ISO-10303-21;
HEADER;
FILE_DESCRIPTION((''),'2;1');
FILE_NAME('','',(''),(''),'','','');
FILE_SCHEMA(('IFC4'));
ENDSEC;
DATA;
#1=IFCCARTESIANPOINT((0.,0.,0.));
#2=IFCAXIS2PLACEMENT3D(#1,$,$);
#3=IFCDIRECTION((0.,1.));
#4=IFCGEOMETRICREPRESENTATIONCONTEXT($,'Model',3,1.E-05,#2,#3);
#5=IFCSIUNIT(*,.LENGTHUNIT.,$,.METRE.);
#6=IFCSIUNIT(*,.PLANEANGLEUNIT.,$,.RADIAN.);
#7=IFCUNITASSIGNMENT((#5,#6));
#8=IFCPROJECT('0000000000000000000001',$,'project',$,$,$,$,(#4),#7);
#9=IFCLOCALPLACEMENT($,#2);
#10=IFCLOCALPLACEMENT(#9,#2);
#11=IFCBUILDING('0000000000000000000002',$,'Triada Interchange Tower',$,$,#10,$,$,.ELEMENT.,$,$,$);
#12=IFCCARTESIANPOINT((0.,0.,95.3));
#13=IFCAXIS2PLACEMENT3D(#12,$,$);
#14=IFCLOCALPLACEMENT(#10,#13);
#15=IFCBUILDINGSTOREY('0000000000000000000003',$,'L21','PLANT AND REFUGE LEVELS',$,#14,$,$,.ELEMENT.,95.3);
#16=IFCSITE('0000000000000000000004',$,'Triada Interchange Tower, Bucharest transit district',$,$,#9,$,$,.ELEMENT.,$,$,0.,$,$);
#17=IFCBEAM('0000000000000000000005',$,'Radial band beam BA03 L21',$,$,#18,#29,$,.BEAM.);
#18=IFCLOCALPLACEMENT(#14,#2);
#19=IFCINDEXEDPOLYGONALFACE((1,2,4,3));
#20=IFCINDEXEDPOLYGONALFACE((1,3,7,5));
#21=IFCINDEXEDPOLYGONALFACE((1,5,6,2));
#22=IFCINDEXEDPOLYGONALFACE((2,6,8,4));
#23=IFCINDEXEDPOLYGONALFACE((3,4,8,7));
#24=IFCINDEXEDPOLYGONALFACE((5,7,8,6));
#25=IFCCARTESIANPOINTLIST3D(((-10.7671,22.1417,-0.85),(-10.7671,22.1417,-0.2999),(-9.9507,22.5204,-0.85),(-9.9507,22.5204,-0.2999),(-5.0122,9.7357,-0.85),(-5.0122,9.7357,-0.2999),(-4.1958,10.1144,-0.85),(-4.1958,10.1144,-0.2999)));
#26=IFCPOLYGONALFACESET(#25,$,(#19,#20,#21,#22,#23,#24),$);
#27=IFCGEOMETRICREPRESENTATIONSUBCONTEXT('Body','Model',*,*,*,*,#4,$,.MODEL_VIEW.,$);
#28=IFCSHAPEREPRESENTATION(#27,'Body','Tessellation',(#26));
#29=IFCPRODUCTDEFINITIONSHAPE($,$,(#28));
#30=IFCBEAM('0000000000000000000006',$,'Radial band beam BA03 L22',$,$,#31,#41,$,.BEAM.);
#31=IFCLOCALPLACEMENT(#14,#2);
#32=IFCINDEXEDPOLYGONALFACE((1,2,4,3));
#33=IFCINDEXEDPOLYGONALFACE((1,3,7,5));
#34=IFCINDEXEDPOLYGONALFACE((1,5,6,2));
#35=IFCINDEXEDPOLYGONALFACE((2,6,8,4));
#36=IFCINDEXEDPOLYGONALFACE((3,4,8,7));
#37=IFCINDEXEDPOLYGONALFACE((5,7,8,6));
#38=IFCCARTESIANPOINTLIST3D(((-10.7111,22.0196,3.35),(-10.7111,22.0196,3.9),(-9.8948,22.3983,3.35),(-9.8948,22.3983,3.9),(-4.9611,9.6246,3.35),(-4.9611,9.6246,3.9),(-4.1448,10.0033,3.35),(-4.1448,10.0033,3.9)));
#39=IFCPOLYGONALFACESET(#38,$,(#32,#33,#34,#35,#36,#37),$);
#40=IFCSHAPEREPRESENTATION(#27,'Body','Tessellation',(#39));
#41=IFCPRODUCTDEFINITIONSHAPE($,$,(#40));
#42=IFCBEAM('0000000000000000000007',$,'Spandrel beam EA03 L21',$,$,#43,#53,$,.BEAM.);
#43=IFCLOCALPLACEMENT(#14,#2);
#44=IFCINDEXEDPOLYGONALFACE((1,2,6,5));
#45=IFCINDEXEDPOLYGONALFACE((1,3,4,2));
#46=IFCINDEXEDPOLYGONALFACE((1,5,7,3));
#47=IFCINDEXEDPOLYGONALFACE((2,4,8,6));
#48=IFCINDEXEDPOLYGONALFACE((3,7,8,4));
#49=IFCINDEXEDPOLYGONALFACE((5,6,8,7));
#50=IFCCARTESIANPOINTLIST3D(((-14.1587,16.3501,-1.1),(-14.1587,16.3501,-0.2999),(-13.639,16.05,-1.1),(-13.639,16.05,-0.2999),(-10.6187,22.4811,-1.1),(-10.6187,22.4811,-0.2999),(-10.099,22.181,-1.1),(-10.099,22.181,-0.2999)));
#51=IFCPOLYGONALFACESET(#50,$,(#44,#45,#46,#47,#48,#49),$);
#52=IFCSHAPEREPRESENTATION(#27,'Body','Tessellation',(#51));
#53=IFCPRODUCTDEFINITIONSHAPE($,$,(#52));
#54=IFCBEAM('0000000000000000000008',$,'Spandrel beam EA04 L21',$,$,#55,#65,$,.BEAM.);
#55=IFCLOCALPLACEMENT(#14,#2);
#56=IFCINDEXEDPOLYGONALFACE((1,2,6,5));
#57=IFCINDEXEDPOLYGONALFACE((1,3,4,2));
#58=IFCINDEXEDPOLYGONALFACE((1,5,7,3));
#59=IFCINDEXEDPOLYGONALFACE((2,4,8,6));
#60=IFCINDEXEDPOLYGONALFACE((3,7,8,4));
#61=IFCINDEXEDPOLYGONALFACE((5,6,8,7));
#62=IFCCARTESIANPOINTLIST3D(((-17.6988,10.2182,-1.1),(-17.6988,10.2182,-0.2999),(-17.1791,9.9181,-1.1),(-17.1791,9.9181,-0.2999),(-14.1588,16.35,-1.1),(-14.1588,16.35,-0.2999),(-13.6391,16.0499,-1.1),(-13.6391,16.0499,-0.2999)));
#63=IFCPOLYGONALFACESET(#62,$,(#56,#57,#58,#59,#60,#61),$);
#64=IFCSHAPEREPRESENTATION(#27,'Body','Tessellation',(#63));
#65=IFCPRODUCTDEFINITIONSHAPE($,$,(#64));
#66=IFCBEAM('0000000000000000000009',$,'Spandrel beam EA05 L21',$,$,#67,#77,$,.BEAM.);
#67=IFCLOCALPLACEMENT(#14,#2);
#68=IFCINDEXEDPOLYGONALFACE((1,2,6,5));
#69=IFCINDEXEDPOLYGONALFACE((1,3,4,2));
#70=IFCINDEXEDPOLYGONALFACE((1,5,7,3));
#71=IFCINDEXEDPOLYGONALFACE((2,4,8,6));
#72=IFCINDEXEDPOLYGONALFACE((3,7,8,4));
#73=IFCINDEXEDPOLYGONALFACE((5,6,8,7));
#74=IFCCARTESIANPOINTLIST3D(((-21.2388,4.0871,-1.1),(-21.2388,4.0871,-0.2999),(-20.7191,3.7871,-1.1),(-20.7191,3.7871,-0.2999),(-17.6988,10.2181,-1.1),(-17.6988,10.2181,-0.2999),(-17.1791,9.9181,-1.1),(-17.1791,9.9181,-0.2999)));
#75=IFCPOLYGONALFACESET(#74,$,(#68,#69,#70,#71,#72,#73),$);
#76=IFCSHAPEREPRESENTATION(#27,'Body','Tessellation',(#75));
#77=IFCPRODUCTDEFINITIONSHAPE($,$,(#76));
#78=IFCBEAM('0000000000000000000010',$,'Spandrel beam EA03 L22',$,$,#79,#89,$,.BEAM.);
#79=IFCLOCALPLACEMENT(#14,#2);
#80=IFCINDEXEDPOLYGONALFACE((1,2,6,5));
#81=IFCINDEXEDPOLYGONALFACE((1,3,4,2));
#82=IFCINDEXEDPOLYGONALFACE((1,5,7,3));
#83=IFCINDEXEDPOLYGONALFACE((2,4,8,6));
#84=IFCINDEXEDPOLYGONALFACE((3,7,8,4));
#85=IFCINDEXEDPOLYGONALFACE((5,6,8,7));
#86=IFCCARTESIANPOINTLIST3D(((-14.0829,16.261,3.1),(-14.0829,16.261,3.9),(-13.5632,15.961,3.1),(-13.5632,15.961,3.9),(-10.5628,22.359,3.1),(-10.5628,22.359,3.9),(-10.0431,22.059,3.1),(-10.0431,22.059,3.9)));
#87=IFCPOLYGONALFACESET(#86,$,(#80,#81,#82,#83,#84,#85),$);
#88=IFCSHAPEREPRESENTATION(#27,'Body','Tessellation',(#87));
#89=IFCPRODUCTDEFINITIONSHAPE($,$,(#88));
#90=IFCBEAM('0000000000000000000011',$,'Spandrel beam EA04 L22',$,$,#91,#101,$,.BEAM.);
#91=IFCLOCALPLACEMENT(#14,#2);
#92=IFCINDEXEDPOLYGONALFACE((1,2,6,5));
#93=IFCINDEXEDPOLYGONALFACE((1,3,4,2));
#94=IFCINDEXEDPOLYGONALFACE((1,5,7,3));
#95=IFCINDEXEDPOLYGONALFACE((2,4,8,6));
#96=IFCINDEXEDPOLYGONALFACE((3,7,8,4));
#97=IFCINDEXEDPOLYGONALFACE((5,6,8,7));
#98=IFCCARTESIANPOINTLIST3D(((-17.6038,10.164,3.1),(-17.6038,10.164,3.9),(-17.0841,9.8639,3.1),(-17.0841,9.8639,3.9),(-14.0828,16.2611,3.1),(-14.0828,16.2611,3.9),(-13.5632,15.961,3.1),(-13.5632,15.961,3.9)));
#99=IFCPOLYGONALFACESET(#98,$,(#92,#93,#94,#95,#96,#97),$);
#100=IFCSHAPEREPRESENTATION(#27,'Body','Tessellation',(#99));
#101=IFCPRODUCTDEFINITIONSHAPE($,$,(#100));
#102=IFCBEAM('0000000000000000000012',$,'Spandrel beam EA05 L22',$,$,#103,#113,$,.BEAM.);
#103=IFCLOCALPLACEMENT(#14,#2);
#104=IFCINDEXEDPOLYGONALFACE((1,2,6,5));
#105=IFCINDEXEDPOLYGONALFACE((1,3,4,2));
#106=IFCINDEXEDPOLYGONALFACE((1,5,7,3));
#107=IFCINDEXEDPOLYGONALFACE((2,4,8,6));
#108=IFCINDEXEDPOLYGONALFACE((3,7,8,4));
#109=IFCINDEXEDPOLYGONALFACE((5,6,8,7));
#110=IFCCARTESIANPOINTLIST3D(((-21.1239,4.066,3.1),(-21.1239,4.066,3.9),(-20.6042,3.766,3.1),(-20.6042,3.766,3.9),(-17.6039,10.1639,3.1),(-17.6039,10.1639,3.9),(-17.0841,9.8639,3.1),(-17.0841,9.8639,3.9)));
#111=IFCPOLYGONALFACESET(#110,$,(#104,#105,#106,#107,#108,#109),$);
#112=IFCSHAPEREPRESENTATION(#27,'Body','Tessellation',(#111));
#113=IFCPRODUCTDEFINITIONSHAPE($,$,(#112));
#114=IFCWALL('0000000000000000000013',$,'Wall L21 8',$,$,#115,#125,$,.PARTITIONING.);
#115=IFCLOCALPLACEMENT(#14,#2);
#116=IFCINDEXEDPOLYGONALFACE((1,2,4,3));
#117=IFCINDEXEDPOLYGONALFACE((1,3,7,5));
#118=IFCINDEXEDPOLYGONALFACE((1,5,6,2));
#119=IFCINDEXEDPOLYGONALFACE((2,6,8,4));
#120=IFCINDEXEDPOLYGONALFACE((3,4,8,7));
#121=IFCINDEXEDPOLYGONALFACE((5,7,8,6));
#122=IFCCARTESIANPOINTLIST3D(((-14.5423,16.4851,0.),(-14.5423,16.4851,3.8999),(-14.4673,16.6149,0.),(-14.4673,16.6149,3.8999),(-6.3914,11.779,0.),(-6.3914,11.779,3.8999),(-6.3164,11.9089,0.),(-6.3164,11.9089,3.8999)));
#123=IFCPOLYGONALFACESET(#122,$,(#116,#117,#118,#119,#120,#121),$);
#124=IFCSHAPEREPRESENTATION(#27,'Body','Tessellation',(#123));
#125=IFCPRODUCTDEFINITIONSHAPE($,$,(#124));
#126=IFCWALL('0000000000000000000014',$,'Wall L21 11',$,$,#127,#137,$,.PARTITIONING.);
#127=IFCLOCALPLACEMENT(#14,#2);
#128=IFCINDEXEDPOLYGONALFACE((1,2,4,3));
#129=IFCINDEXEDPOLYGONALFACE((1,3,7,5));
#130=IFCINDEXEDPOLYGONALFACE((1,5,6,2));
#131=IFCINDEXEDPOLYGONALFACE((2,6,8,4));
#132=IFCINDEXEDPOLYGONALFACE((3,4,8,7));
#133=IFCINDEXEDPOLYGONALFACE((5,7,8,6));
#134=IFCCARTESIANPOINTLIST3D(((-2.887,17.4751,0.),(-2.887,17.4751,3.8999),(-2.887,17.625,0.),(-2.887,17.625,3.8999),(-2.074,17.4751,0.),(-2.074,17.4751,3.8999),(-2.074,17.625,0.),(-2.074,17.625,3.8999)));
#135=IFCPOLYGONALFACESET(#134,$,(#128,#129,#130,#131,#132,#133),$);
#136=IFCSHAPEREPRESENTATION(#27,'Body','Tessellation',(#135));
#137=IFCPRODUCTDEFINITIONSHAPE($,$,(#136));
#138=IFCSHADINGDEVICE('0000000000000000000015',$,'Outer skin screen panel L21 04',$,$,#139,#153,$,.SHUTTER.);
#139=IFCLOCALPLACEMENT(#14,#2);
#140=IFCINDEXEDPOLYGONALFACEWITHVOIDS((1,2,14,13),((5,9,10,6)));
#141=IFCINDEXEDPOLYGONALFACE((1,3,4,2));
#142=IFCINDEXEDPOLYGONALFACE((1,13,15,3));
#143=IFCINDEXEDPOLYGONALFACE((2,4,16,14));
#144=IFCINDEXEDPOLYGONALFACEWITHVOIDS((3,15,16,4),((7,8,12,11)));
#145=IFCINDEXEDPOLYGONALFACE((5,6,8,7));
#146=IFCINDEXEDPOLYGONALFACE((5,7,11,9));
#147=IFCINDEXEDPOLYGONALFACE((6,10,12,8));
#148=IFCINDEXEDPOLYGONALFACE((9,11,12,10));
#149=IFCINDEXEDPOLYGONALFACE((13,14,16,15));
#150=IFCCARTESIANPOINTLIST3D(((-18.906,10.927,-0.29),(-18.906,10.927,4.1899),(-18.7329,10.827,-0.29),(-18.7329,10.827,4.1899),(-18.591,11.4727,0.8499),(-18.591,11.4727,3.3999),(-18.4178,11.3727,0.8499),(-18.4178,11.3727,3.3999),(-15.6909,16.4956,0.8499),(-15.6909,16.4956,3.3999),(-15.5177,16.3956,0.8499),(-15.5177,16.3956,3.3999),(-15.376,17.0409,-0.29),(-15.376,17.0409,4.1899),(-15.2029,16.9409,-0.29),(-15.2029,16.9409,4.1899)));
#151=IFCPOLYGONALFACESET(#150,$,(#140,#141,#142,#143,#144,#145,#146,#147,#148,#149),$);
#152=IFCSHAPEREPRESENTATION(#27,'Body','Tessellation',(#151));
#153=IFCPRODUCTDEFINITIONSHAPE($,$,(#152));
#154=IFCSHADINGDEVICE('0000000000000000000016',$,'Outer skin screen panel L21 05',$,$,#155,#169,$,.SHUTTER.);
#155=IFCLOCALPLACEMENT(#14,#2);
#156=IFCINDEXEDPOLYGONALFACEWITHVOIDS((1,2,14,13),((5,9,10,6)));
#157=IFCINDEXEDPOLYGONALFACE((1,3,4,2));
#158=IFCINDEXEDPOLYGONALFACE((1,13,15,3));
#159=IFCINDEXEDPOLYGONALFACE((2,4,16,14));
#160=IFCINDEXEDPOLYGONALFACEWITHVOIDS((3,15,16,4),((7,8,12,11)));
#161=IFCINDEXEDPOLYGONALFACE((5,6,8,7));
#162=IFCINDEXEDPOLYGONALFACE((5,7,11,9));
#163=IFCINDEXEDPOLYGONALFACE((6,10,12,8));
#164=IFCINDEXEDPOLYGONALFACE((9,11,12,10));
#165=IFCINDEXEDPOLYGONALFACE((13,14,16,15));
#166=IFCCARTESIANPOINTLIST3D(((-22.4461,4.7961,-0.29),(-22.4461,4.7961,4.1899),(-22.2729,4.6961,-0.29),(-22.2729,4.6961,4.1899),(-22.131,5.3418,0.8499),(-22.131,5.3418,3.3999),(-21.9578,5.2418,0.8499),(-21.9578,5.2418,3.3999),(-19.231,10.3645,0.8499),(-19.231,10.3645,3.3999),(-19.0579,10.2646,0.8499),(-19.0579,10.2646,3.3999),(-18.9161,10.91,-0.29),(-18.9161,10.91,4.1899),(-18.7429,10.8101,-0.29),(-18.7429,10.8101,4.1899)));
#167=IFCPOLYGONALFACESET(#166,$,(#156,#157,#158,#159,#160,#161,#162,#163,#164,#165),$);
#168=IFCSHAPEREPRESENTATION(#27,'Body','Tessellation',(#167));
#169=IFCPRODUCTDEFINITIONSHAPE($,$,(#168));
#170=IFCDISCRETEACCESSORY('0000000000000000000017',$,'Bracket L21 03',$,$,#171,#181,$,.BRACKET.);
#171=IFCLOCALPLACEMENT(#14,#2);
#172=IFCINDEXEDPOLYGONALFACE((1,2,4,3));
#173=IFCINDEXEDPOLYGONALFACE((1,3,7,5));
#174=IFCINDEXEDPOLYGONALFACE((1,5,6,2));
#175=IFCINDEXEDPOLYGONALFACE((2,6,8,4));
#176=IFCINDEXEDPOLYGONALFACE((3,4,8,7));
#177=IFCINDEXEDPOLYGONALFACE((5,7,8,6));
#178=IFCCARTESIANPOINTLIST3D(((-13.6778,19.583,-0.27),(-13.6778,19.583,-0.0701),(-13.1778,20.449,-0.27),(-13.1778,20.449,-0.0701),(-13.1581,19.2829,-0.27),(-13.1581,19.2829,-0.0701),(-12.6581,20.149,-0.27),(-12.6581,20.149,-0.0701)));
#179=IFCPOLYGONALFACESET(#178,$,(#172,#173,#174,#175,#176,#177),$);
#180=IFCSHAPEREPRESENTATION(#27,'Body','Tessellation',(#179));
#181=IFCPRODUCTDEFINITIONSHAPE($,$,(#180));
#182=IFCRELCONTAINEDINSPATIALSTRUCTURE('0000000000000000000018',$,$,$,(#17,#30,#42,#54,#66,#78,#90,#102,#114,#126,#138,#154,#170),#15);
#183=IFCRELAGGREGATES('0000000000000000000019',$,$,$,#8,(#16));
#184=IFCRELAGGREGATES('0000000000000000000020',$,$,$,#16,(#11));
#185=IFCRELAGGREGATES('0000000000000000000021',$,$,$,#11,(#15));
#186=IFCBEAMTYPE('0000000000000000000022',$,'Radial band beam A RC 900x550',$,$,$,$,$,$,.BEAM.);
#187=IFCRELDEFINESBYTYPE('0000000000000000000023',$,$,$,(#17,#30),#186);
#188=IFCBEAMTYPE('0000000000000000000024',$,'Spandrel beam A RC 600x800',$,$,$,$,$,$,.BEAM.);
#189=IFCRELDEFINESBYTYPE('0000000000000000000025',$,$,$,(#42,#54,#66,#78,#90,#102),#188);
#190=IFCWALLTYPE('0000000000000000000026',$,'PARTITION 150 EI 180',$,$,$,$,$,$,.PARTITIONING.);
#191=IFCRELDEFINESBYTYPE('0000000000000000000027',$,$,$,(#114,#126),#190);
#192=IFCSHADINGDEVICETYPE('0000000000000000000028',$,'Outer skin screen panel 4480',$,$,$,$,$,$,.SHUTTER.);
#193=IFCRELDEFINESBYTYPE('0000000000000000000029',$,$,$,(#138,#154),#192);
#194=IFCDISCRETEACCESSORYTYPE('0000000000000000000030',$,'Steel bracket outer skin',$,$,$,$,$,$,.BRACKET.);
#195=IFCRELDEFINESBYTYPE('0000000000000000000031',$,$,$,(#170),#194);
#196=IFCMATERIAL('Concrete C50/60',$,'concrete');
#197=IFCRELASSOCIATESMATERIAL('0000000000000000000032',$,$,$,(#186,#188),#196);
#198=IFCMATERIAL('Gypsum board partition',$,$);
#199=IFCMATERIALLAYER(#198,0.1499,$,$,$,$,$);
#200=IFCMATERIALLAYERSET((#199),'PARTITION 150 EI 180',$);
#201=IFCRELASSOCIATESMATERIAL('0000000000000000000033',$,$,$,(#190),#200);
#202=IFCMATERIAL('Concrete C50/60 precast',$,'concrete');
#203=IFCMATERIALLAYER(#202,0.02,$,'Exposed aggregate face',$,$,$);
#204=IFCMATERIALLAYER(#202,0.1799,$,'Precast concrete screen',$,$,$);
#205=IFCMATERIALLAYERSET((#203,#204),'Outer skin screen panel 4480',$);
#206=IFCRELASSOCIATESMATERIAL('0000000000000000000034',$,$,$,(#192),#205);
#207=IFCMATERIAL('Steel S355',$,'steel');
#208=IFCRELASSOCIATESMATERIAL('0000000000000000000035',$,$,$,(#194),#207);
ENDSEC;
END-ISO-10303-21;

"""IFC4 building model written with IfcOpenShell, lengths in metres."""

from ifc_helpers import new_model, si_unit, direction, frame, frame_2d, origin, origin_2d, place, context, subcontext, project, spatial, polyline, rectangle, outline, extrude, material, layer, layer_set, material_profile, profile_set, type_object, element, save


model = new_model("IFC4")

# Units and contexts
model_context = context("Model", 3, precision=1e-05, world=origin(), true_north=direction((0.0, 1.0)))
body_context = subcontext(model_context, "Body", "Model", "MODEL_VIEW")
ifc_project = project(units=[si_unit("LENGTHUNIT", "METRE"), si_unit("PLANEANGLEUNIT", "RADIAN")], contexts=[model_context])

# Site, building, storey
site_placement = place(None, origin())
site = spatial("IfcSite", under=ifc_project, at=site_placement, Name="Triada Interchange Tower, Bucharest transit district", CompositionType="ELEMENT", RefElevation=0.0)
building_placement = place(site_placement, origin())
building = spatial("IfcBuilding", under=site, at=building_placement, Name="Triada Interchange Tower", CompositionType="ELEMENT")
storey_placement = place(building_placement, frame((0.0, 0.0, 95.3)))
storey = spatial("IfcBuildingStorey", under=building, at=storey_placement, Name="L21", Description="PLANT AND REFUGE LEVELS", CompositionType="ELEMENT", Elevation=95.3)

# Shared definitions
ifc_material_1 = material(Name="Steel S355", Category="steel")

# Beams
ifc_material_2 = material(Name="Concrete C50/60", Category="concrete")
ifc_material_profile_1 = material_profile(ifc_material_2, rectangle(XDim=0.8999, YDim=0.55, at=origin_2d()), Name="RC 900x550")
ifc_profile_set_1 = profile_set([ifc_material_profile_1], Name="Concrete C50/60")
beam_type_1 = type_object("IfcBeamType", Name="Radial band beam A RC 900x550", PredefinedType="BEAM", material=ifc_profile_set_1)
beam_1_placement = place(storey_placement, frame((-10.3589, 22.3311, -0.575), z_axis=(0.420808, -0.90715, 0.0), x_axis=(0.90715, 0.420808, 0.0)))
element("IfcBeam", 1, at=beam_1_placement, inside=storey, type_object=beam_type_1, Name="Radial band beam BA03 L21", PredefinedType="BEAM", context=body_context, shape_type="SweptSolid", body=[
    extrude(rectangle(XDim=0.8999, YDim=0.55, at=origin_2d()), origin(), (0.0, 0.0, 1.0), 13.6758),
])
beam_2_placement = place(storey_placement, frame((-10.303, 22.209, 3.625), z_axis=(0.42082, -0.907144, 0.0), x_axis=(0.907144, 0.42082, 0.0)))
element("IfcBeam", 2, at=beam_2_placement, inside=storey, type_object=beam_type_1, Name="Radial band beam BA03 L22", PredefinedType="BEAM", context=body_context, shape_type="SweptSolid", body=[
    extrude(rectangle(XDim=0.8999, YDim=0.55, at=origin_2d()), origin(), (0.0, 0.0, 1.0), 13.6638),
])
ifc_material_profile_2 = material_profile(ifc_material_2, rectangle(XDim=0.6001, YDim=0.8, at=origin_2d()), Name="RC 600x800")
ifc_profile_set_2 = profile_set([ifc_material_profile_2], Name="Concrete C50/60")
beam_type_2 = type_object("IfcBeamType", Name="Spandrel beam A RC 600x800", PredefinedType="BEAM", material=ifc_profile_set_2)
beam_3_placement = place(storey_placement, frame((-10.3589, 22.3311, -0.7), z_axis=(-0.500026, -0.86601, 0.0), x_axis=(0.86601, -0.500026, 0.0)))
element("IfcBeam", 3, at=beam_3_placement, inside=storey, type_object=beam_type_2, Name="Spandrel beam EA03 L21", PredefinedType="BEAM", context=body_context, shape_type="SweptSolid", body=[
    extrude(rectangle(XDim=0.6001, YDim=0.8, at=origin_2d()), origin(), (0.0, 0.0, 1.0), 7.0796),
])
beam_4_placement = place(storey_placement, frame((-13.8989, 16.2, -0.7), z_axis=(-0.499981, -0.866036, 0.0), x_axis=(0.866036, -0.499981, 0.0)))
element("IfcBeam", 4, at=beam_4_placement, inside=storey, type_object=beam_type_2, Name="Spandrel beam EA04 L21", PredefinedType="BEAM", context=body_context, shape_type="SweptSolid", body=[
    extrude(rectangle(XDim=0.6001, YDim=0.8, at=origin_2d()), origin(), (0.0, 0.0, 1.0), 7.0803),
])
beam_5_placement = place(storey_placement, frame((-17.439, 10.0681, -0.7), z_axis=(-0.500026, -0.86601, 0.0), x_axis=(0.86601, -0.500026, 0.0)))
element("IfcBeam", 5, at=beam_5_placement, inside=storey, type_object=beam_type_2, Name="Spandrel beam EA05 L21", PredefinedType="BEAM", context=body_context, shape_type="SweptSolid", body=[
    extrude(rectangle(XDim=0.6001, YDim=0.8, at=origin_2d()), origin(), (0.0, 0.0, 1.0), 7.0796),
])
beam_6_placement = place(storey_placement, frame((-10.303, 22.209, 3.5), z_axis=(-0.499936, -0.866063, 0.0), x_axis=(0.866063, -0.499936, 0.0)))
element("IfcBeam", 6, at=beam_6_placement, inside=storey, type_object=beam_type_2, Name="Spandrel beam EA03 L22", PredefinedType="BEAM", context=body_context, shape_type="SweptSolid", body=[
    extrude(rectangle(XDim=0.6001, YDim=0.8, at=origin_2d()), origin(), (0.0, 0.0, 1.0), 7.041),
])
beam_7_placement = place(storey_placement, frame((-13.823, 16.1111, 3.5), z_axis=(-0.500085, -0.865977, 0.0), x_axis=(0.865977, -0.500085, 0.0)))
element("IfcBeam", 7, at=beam_7_placement, inside=storey, type_object=beam_type_2, Name="Spandrel beam EA04 L22", PredefinedType="BEAM", context=body_context, shape_type="SweptSolid", body=[
    extrude(rectangle(XDim=0.6001, YDim=0.8, at=origin_2d()), origin(), (0.0, 0.0, 1.0), 7.0408),
])
beam_8_placement = place(storey_placement, frame((-17.344, 10.0139, 3.5), z_axis=(-0.499936, -0.866063, 0.0), x_axis=(0.866063, -0.499936, 0.0)))
element("IfcBeam", 8, at=beam_8_placement, inside=storey, type_object=beam_type_2, Name="Spandrel beam EA05 L22", PredefinedType="BEAM", context=body_context, shape_type="SweptSolid", body=[
    extrude(rectangle(XDim=0.6001, YDim=0.8, at=origin_2d()), origin(), (0.0, 0.0, 1.0), 7.041),
])

# Walls
ifc_material_3 = material(Name="Gypsum board partition")
ifc_layer_1 = layer(ifc_material_3, 0.1499)
ifc_layer_set_1 = layer_set([ifc_layer_1], Name="PARTITION 150 EI 180")
wall_type_1 = type_object("IfcWallType", Name="PARTITION 150 EI 180", PredefinedType="PARTITIONING", material=ifc_layer_set_1)
wall_1_placement = place(storey_placement, frame((-14.5049, 16.55, 0.0), z_axis=(0.0, 0.0, 1.0), x_axis=(0.866019, -0.500011, 0.0)))
element("IfcWall", 9, at=wall_1_placement, inside=storey, type_object=wall_type_1, Name="Wall L21 8", PredefinedType="PARTITIONING", context=body_context, shape_type="SweptSolid", body=[
    extrude(rectangle(XDim=9.4119, YDim=0.1499, at=frame_2d((4.7061, 0.0))), origin(), (0.0, 0.0, 1.0), 3.8999),
])
wall_2_placement = place(storey_placement, frame((-2.887, 17.55, 0.0), z_axis=(0.0, 0.0, 1.0), x_axis=(1.0, 0.0, 0.0)))
element("IfcWall", 10, at=wall_2_placement, inside=storey, type_object=wall_type_1, Name="Wall L21 11", PredefinedType="PARTITIONING", context=body_context, shape_type="SweptSolid", body=[
    extrude(rectangle(XDim=0.813, YDim=0.1499, at=frame_2d((0.4065, 0.0))), origin(), (0.0, 0.0, 1.0), 3.8999),
])

# Shading devices
ifc_material_4 = material(Name="Concrete C50/60 precast", Category="concrete")
ifc_layer_2 = layer(ifc_material_4, 0.02, Name="Exposed aggregate face")
ifc_layer_3 = layer(ifc_material_4, 0.1799, Name="Precast concrete screen")
ifc_layer_set_2 = layer_set([ifc_layer_2, ifc_layer_3], Name="Outer skin screen panel 4480")
shading_device_type = type_object("IfcShadingDeviceType", Name="Outer skin screen panel 4480", PredefinedType="SHUTTER", material=ifc_layer_set_2)
shading_device_1_placement = place(storey_placement, frame((-15.2029, 16.9409, -0.29), z_axis=(0.0, 0.0, 1.0), x_axis=(-0.500011, -0.866019, 0.0)))
element("IfcShadingDevice", 11, at=shading_device_1_placement, inside=storey, type_object=shading_device_type, Name="Outer skin screen panel L21 04", PredefinedType="SHUTTER", context=body_context, shape_type="SweptSolid", body=[
    extrude(outline(polyline([(0.0, 0.0), (7.0598, 0.0), (7.0598, 4.48), (0.0, 4.48), (0.0, 0.0)]), holes=[polyline([(0.6296, 1.1399), (0.6296, 3.6899), (6.4297, 3.6899), (6.4297, 1.1399), (0.6296, 1.1399)])]), frame((0.0, 0.0, 0.0), z_axis=(0.0, -1.0, 0.0), x_axis=(1.0, 0.0, 0.0)), (0.0, 0.0, 1.0), 0.2),
])
shading_device_2_placement = place(storey_placement, frame((-18.7429, 10.8101, -0.29), z_axis=(0.0, 0.0, 1.0), x_axis=(-0.500011, -0.866019, 0.0)))
element("IfcShadingDevice", 12, at=shading_device_2_placement, inside=storey, type_object=shading_device_type, Name="Outer skin screen panel L21 05", PredefinedType="SHUTTER", context=body_context, shape_type="SweptSolid", body=[
    extrude(outline(polyline([(0.0, 0.0), (7.0598, 0.0), (7.0598, 4.48), (0.0, 4.48), (0.0, 0.0)]), holes=[polyline([(0.6299, 1.1399), (0.6299, 3.6899), (6.4297, 3.6899), (6.4297, 1.1399), (0.6299, 1.1399)])]), frame((0.0, 0.0, 0.0), z_axis=(0.0, -1.0, 0.0), x_axis=(1.0, 0.0, 0.0)), (0.0, 0.0, 1.0), 0.2),
])

# Discrete accessory
discrete_accessory_type = type_object("IfcDiscreteAccessoryType", Name="Steel bracket outer skin", PredefinedType="BRACKET", material=ifc_material_1)
for number, where, z_axis, x_axis, name in (
    (13, (-13.168, 19.866, -0.27), (0.0, 0.0, 1.0), (-0.866021, 0.500007, 0.0), "Bracket L21 03"),
):
    element("IfcDiscreteAccessory", number, at=place(storey_placement, frame(where, z_axis=z_axis, x_axis=x_axis)), inside=storey, type_object=discrete_accessory_type, Name=name, PredefinedType="BRACKET", context=body_context, shape_type="SweptSolid", body=[
        extrude(rectangle(XDim=0.6001, YDim=1.0, at=origin_2d()), origin(), (0.0, 0.0, 1.0), 0.2),
    ])

save(model, "model.ifc")
